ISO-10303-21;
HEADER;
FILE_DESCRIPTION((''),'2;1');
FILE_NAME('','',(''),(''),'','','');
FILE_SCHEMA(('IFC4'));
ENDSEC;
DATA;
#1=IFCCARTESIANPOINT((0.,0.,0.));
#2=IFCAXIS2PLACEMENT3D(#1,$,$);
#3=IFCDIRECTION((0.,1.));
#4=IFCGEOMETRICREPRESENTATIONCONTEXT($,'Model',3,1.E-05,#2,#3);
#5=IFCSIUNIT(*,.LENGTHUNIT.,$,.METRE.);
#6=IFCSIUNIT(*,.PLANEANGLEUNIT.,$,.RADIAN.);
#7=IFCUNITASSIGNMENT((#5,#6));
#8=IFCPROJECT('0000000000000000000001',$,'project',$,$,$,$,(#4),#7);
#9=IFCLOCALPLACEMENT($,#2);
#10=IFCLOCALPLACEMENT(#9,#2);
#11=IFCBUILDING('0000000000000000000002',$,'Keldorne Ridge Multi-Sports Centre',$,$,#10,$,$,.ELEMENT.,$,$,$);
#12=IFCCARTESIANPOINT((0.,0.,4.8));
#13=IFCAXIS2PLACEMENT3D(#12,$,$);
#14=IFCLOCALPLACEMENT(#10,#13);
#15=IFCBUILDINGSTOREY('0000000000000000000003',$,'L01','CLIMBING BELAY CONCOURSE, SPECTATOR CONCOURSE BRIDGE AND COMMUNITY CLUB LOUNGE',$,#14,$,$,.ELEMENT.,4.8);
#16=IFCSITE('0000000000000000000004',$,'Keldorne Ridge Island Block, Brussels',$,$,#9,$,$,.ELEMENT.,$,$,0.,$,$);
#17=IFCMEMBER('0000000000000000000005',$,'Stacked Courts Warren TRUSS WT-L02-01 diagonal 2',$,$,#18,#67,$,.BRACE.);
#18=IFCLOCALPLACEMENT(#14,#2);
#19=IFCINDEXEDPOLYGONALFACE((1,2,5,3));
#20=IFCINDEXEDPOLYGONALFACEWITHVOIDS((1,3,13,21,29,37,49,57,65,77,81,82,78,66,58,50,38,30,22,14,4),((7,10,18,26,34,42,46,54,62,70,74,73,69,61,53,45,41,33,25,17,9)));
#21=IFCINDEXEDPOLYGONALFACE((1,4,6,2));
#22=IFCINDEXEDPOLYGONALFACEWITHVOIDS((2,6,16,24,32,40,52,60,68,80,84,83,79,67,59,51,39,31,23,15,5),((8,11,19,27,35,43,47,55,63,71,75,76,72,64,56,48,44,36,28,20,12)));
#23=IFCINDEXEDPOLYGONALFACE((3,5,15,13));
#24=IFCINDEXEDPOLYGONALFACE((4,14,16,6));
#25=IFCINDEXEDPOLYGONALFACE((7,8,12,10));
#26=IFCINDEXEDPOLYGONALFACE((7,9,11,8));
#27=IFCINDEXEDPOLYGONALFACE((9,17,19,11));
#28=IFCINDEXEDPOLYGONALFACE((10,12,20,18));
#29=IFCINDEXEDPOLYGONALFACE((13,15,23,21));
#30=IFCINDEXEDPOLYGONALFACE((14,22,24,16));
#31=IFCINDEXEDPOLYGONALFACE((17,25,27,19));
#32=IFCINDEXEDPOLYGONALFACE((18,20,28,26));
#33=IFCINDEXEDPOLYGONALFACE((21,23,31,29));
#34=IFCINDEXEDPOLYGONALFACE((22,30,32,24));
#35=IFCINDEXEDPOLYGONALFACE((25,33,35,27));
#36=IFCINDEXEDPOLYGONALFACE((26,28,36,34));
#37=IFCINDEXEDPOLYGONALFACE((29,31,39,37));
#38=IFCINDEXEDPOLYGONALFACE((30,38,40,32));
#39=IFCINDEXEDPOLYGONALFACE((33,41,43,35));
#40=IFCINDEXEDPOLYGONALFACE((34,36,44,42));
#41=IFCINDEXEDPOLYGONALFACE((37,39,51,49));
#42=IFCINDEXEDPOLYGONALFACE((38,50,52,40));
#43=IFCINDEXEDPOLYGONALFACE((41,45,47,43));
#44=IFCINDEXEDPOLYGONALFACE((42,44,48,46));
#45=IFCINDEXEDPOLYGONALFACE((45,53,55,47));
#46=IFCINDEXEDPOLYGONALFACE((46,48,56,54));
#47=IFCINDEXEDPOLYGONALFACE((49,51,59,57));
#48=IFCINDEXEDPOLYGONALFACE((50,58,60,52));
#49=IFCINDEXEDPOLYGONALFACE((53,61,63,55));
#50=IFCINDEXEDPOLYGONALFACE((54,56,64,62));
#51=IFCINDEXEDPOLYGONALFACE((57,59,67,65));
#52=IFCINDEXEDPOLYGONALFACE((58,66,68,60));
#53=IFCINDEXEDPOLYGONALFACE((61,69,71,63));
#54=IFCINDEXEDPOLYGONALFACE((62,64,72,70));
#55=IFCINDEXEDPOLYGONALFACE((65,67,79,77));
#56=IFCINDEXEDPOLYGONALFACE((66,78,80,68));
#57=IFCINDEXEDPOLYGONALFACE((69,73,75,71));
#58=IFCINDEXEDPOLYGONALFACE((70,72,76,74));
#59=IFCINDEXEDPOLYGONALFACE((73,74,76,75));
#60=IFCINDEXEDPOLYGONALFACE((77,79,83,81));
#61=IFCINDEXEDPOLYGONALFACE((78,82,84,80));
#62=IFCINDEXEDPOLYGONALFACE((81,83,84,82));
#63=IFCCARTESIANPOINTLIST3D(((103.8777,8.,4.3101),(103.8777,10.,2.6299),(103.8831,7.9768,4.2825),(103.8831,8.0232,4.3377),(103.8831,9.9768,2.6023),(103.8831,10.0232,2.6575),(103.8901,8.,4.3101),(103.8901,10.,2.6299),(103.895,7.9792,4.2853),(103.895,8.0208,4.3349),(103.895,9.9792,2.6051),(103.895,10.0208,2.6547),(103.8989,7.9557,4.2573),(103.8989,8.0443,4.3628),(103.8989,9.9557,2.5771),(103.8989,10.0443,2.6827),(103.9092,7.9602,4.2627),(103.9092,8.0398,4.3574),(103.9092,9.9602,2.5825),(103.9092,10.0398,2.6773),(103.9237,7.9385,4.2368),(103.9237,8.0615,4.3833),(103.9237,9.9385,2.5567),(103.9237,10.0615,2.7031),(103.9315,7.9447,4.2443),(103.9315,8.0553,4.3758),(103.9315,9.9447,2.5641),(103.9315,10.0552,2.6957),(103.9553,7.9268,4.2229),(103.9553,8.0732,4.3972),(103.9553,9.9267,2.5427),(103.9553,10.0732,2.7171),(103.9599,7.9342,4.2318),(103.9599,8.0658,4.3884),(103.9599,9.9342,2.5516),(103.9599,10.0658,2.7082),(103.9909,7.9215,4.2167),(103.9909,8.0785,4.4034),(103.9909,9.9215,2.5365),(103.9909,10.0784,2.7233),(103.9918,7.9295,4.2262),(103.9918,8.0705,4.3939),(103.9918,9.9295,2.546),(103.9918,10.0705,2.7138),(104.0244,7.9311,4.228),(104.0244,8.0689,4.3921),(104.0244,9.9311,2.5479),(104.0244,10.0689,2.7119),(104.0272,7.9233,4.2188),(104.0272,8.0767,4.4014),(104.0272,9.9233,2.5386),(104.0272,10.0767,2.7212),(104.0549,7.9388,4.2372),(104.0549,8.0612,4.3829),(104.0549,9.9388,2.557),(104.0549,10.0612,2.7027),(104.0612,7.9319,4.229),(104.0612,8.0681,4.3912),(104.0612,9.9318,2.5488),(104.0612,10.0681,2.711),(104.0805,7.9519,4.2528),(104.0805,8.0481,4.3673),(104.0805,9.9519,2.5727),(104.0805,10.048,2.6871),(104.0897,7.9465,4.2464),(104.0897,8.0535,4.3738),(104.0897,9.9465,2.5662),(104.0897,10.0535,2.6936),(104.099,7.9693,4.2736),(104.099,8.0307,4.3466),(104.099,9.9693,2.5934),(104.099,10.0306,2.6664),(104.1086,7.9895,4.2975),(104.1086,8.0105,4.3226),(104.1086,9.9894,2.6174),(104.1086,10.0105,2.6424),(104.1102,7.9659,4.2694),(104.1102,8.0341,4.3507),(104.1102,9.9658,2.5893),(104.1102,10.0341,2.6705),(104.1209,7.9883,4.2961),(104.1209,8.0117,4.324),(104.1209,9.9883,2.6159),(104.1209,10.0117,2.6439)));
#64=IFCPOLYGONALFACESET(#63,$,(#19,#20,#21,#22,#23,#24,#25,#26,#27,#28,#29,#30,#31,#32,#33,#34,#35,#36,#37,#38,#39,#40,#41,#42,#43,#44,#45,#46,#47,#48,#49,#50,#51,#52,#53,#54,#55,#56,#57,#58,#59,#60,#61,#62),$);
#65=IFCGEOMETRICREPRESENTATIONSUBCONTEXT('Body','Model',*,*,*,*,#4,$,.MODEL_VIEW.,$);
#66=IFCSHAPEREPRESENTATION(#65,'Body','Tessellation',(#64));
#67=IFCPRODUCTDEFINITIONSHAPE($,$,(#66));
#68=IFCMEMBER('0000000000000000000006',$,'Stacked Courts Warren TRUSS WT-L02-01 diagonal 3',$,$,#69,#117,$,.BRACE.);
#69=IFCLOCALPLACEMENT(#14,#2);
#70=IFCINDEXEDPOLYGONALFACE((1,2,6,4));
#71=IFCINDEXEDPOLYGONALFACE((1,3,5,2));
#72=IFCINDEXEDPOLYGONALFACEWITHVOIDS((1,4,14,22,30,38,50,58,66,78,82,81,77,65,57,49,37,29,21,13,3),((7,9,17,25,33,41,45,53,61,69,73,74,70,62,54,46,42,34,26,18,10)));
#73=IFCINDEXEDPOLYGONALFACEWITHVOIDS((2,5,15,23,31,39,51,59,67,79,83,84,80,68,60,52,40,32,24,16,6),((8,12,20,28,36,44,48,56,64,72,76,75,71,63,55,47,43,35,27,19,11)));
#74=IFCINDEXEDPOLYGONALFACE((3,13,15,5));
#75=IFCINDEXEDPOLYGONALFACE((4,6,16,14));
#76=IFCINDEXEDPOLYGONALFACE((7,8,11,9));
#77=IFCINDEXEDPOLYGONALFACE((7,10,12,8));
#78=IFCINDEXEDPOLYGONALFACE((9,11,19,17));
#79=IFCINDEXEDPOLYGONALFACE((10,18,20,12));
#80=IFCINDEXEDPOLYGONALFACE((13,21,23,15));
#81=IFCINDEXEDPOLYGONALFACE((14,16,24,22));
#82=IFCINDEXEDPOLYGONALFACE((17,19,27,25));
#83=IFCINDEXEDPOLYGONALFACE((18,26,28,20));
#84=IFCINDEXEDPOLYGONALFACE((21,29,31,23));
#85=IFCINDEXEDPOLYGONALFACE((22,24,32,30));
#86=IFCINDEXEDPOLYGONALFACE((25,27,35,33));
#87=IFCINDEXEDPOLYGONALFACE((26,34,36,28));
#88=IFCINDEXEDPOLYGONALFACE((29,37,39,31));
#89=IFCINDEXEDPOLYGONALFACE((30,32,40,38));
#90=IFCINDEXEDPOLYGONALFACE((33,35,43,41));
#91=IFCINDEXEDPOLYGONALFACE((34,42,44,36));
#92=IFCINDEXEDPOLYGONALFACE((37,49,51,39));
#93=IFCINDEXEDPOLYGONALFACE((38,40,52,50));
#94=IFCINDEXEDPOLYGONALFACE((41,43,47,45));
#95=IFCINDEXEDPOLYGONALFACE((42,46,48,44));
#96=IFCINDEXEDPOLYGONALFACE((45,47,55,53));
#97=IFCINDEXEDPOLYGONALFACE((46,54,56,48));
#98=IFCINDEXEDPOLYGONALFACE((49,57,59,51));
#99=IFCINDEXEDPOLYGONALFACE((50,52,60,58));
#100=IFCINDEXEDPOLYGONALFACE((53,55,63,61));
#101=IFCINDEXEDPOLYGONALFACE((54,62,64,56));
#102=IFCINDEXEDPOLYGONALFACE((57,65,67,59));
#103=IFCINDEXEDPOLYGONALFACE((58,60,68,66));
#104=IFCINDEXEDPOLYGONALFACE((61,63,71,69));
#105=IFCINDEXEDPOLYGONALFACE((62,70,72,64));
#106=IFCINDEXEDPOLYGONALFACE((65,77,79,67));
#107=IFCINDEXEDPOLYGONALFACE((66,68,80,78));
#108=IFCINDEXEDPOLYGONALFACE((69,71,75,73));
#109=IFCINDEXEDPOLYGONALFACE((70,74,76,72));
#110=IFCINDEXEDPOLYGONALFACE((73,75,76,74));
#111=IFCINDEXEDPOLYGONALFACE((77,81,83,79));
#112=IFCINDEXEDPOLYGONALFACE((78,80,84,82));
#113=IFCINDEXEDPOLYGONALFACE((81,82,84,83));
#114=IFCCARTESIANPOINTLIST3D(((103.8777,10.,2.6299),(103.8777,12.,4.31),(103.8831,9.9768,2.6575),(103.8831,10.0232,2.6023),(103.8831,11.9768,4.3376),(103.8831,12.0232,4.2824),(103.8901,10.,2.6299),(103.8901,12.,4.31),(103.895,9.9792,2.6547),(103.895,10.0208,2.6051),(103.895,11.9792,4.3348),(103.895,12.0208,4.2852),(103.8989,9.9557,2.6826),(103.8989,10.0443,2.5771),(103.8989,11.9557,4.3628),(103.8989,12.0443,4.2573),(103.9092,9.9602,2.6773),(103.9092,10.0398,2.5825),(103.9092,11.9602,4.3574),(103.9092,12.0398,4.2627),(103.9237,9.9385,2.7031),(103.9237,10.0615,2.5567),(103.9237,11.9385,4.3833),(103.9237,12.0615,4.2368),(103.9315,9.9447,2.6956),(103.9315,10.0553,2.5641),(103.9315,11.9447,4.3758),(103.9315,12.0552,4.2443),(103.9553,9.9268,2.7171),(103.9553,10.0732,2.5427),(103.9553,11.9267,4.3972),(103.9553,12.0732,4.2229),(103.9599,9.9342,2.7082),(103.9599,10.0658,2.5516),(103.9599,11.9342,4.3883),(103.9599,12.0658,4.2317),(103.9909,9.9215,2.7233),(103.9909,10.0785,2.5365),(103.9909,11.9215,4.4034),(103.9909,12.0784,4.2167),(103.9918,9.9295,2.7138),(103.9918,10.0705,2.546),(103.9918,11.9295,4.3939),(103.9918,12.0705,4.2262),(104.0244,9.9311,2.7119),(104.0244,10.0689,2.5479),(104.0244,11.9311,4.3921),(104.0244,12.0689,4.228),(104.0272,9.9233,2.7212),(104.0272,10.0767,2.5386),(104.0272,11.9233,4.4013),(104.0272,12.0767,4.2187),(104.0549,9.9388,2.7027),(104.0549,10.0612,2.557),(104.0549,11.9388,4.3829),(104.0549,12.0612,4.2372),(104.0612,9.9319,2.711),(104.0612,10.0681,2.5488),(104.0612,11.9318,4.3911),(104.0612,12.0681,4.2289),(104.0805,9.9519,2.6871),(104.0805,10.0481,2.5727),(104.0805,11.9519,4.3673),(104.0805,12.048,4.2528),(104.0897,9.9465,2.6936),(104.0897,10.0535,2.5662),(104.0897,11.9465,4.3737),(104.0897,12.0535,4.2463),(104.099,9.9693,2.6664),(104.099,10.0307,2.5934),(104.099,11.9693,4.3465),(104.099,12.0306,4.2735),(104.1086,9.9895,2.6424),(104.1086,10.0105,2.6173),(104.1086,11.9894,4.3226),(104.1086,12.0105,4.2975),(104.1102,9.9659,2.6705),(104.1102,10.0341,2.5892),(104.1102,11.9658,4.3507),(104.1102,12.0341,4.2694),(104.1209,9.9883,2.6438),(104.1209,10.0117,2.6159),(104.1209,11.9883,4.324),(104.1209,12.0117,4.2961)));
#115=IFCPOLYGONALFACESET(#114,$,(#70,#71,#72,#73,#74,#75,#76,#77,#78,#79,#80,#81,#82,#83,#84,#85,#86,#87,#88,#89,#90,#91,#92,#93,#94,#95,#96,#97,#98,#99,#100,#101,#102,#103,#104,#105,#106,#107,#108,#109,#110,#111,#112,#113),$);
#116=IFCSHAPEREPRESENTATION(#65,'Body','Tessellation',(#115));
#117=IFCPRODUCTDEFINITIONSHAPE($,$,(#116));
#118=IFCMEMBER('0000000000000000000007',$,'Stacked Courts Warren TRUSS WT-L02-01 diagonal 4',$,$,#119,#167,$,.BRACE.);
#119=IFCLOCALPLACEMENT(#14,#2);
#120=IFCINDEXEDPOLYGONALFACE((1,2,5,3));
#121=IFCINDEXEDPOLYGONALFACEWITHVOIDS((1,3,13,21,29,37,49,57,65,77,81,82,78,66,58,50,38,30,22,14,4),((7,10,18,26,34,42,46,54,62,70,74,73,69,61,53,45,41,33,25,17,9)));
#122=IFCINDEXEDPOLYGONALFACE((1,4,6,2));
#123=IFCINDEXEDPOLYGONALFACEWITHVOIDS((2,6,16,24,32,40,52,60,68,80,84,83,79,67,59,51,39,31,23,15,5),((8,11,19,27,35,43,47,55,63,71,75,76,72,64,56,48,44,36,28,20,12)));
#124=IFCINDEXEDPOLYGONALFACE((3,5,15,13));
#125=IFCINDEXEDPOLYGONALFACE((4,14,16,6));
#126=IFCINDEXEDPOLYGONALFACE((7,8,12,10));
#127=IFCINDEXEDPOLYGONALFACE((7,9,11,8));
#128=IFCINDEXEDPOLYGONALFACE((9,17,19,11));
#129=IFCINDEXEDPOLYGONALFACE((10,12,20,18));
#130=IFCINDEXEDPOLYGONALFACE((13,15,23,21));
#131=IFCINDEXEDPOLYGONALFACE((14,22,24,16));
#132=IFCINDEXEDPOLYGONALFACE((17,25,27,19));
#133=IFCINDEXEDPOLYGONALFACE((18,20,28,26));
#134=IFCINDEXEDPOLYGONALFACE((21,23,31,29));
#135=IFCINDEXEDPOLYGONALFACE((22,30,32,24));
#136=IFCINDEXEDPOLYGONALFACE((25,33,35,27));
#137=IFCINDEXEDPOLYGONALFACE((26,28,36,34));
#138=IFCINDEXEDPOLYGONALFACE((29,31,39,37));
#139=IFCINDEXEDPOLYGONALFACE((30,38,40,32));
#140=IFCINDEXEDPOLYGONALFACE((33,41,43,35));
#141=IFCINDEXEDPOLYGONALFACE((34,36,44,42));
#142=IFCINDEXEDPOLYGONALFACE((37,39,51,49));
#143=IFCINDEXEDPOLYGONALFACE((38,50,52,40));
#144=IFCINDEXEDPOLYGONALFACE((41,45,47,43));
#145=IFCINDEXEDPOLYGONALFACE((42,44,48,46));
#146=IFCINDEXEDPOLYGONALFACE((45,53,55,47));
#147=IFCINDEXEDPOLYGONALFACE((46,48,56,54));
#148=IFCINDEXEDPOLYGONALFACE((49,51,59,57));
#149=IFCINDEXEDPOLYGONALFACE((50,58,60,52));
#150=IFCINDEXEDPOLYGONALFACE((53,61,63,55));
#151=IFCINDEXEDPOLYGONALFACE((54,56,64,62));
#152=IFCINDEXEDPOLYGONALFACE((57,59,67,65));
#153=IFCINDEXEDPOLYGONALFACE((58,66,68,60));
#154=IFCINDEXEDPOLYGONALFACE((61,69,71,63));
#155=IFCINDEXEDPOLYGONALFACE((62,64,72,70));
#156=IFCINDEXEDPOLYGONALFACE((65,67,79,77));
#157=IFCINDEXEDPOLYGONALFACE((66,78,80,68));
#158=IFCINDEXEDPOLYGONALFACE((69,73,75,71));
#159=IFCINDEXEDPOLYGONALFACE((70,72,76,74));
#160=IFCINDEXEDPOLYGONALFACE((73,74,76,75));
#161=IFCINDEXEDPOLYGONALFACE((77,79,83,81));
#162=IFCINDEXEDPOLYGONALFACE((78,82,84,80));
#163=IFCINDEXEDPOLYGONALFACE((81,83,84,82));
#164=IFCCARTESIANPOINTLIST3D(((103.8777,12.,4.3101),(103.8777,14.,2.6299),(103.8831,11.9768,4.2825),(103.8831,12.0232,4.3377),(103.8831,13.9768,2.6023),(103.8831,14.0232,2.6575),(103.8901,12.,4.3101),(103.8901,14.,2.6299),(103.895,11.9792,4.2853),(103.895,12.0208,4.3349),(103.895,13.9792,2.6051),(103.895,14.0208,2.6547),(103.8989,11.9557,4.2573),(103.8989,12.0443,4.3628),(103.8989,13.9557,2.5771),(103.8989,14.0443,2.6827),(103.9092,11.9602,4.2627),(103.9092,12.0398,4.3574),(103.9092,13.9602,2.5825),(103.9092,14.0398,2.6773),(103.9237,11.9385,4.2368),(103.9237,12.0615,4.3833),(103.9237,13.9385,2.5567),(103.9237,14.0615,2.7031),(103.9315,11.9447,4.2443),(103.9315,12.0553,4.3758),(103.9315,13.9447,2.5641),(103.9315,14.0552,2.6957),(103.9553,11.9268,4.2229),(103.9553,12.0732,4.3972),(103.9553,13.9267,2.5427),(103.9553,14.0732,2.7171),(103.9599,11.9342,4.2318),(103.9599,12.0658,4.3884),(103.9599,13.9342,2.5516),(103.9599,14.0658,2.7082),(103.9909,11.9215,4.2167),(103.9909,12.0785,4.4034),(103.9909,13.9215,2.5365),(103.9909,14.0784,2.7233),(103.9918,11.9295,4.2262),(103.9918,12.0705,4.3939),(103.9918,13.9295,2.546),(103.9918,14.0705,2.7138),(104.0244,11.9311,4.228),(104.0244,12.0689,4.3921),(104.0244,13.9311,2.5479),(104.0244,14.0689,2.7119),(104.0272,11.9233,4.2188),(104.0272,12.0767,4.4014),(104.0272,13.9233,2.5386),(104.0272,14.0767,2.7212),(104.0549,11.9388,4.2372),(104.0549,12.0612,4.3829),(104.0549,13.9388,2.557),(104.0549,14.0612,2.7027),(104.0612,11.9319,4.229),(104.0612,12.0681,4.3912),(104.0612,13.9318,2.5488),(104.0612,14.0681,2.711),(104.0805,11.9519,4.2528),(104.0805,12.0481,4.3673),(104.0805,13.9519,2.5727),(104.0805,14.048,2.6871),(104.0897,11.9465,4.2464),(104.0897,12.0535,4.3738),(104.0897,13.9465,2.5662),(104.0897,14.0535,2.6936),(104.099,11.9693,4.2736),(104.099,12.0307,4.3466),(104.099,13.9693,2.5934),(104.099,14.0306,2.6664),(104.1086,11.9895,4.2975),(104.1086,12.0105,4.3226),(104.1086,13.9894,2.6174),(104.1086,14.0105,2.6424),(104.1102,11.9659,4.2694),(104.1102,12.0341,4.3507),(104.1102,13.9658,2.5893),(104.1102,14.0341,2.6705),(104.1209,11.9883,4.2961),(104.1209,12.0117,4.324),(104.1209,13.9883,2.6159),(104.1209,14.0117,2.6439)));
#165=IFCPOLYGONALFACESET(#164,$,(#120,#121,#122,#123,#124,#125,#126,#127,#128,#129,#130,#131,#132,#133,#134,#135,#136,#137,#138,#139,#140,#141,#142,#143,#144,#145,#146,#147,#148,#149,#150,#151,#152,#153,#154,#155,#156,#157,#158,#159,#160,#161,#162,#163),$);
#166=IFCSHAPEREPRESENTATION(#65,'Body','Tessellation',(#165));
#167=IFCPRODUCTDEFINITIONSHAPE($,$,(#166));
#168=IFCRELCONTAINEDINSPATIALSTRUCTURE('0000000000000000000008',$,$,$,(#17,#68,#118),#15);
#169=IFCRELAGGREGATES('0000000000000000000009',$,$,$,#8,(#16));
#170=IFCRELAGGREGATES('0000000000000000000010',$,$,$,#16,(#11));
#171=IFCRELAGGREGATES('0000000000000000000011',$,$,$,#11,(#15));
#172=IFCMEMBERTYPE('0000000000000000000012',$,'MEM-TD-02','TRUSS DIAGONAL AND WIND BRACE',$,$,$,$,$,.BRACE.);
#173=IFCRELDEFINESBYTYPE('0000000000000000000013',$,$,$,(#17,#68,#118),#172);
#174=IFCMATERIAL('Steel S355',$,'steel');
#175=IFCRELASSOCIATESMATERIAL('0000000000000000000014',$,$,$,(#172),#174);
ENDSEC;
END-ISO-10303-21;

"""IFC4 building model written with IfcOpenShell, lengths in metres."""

from ifc_helpers import new_model, si_unit, direction, frame, origin, origin_2d, place, context, subcontext, project, spatial, hollow_circle, extrude, material, material_profile, profile_set, type_object, element, save


model = new_model("IFC4")

# Units and contexts
model_context = context("Model", 3, precision=1e-05, world=origin(), true_north=direction((0.0, 1.0)))
body_context = subcontext(model_context, "Body", "Model", "MODEL_VIEW")
ifc_project = project(units=[si_unit("LENGTHUNIT", "METRE"), si_unit("PLANEANGLEUNIT", "RADIAN")], contexts=[model_context])

# Site, building, storey
site_placement = place(None, origin())
site = spatial("IfcSite", under=ifc_project, at=site_placement, Name="Keldorne Ridge Island Block, Brussels", CompositionType="ELEMENT", RefElevation=0.0)
building_placement = place(site_placement, origin())
building = spatial("IfcBuilding", under=site, at=building_placement, Name="Keldorne Ridge Multi-Sports Centre", CompositionType="ELEMENT")
storey_placement = place(building_placement, frame((0.0, 0.0, 4.8)))
storey = spatial("IfcBuildingStorey", under=building, at=storey_placement, Name="L01", Description="CLIMBING BELAY CONCOURSE, SPECTATOR CONCOURSE BRIDGE AND COMMUNITY CLUB LOUNGE", CompositionType="ELEMENT", Elevation=4.8)

# Shared definitions
ifc_material_1 = material(Name="Steel S355", Category="steel")

# Members
ifc_material_profile_1 = material_profile(ifc_material_1, hollow_circle(Radius=0.1223, WallThickness=0.0125, at=origin_2d()), Name="CHS 244.5x12.5")
ifc_profile_set_1 = profile_set([ifc_material_profile_1], Name="Steel S355")
member_type_1 = type_object("IfcMemberType", Name="MEM-TD-02", Description="TRUSS DIAGONAL AND WIND BRACE", PredefinedType="BRACE", material=ifc_profile_set_1)
for number, where, z_axis, x_axis, name in (
    (1, (104.0, 8.0, 4.3101), (0.0, 0.765672, -0.643232), (-1.0, 0.0, 0.0), "Stacked Courts Warren TRUSS WT-L02-01 diagonal 2"),
    (2, (104.0, 10.0, 2.6299), (0.0, 0.765672, 0.643232), (-1.0, 0.0, 0.0), "Stacked Courts Warren TRUSS WT-L02-01 diagonal 3"),
    (3, (104.0, 12.0, 4.3101), (0.0, 0.765672, -0.643232), (-1.0, 0.0, 0.0), "Stacked Courts Warren TRUSS WT-L02-01 diagonal 4"),
):
    element("IfcMember", number, at=place(storey_placement, frame(where, z_axis=z_axis, x_axis=x_axis)), inside=storey, type_object=member_type_1, Name=name, PredefinedType="BRACE", context=body_context, shape_type="SweptSolid", body=[
        extrude(hollow_circle(Radius=0.1223, WallThickness=0.0125, at=origin_2d()), origin(), (0.0, 0.0, 1.0), 2.6121),
    ])

save(model, "model.ifc")
